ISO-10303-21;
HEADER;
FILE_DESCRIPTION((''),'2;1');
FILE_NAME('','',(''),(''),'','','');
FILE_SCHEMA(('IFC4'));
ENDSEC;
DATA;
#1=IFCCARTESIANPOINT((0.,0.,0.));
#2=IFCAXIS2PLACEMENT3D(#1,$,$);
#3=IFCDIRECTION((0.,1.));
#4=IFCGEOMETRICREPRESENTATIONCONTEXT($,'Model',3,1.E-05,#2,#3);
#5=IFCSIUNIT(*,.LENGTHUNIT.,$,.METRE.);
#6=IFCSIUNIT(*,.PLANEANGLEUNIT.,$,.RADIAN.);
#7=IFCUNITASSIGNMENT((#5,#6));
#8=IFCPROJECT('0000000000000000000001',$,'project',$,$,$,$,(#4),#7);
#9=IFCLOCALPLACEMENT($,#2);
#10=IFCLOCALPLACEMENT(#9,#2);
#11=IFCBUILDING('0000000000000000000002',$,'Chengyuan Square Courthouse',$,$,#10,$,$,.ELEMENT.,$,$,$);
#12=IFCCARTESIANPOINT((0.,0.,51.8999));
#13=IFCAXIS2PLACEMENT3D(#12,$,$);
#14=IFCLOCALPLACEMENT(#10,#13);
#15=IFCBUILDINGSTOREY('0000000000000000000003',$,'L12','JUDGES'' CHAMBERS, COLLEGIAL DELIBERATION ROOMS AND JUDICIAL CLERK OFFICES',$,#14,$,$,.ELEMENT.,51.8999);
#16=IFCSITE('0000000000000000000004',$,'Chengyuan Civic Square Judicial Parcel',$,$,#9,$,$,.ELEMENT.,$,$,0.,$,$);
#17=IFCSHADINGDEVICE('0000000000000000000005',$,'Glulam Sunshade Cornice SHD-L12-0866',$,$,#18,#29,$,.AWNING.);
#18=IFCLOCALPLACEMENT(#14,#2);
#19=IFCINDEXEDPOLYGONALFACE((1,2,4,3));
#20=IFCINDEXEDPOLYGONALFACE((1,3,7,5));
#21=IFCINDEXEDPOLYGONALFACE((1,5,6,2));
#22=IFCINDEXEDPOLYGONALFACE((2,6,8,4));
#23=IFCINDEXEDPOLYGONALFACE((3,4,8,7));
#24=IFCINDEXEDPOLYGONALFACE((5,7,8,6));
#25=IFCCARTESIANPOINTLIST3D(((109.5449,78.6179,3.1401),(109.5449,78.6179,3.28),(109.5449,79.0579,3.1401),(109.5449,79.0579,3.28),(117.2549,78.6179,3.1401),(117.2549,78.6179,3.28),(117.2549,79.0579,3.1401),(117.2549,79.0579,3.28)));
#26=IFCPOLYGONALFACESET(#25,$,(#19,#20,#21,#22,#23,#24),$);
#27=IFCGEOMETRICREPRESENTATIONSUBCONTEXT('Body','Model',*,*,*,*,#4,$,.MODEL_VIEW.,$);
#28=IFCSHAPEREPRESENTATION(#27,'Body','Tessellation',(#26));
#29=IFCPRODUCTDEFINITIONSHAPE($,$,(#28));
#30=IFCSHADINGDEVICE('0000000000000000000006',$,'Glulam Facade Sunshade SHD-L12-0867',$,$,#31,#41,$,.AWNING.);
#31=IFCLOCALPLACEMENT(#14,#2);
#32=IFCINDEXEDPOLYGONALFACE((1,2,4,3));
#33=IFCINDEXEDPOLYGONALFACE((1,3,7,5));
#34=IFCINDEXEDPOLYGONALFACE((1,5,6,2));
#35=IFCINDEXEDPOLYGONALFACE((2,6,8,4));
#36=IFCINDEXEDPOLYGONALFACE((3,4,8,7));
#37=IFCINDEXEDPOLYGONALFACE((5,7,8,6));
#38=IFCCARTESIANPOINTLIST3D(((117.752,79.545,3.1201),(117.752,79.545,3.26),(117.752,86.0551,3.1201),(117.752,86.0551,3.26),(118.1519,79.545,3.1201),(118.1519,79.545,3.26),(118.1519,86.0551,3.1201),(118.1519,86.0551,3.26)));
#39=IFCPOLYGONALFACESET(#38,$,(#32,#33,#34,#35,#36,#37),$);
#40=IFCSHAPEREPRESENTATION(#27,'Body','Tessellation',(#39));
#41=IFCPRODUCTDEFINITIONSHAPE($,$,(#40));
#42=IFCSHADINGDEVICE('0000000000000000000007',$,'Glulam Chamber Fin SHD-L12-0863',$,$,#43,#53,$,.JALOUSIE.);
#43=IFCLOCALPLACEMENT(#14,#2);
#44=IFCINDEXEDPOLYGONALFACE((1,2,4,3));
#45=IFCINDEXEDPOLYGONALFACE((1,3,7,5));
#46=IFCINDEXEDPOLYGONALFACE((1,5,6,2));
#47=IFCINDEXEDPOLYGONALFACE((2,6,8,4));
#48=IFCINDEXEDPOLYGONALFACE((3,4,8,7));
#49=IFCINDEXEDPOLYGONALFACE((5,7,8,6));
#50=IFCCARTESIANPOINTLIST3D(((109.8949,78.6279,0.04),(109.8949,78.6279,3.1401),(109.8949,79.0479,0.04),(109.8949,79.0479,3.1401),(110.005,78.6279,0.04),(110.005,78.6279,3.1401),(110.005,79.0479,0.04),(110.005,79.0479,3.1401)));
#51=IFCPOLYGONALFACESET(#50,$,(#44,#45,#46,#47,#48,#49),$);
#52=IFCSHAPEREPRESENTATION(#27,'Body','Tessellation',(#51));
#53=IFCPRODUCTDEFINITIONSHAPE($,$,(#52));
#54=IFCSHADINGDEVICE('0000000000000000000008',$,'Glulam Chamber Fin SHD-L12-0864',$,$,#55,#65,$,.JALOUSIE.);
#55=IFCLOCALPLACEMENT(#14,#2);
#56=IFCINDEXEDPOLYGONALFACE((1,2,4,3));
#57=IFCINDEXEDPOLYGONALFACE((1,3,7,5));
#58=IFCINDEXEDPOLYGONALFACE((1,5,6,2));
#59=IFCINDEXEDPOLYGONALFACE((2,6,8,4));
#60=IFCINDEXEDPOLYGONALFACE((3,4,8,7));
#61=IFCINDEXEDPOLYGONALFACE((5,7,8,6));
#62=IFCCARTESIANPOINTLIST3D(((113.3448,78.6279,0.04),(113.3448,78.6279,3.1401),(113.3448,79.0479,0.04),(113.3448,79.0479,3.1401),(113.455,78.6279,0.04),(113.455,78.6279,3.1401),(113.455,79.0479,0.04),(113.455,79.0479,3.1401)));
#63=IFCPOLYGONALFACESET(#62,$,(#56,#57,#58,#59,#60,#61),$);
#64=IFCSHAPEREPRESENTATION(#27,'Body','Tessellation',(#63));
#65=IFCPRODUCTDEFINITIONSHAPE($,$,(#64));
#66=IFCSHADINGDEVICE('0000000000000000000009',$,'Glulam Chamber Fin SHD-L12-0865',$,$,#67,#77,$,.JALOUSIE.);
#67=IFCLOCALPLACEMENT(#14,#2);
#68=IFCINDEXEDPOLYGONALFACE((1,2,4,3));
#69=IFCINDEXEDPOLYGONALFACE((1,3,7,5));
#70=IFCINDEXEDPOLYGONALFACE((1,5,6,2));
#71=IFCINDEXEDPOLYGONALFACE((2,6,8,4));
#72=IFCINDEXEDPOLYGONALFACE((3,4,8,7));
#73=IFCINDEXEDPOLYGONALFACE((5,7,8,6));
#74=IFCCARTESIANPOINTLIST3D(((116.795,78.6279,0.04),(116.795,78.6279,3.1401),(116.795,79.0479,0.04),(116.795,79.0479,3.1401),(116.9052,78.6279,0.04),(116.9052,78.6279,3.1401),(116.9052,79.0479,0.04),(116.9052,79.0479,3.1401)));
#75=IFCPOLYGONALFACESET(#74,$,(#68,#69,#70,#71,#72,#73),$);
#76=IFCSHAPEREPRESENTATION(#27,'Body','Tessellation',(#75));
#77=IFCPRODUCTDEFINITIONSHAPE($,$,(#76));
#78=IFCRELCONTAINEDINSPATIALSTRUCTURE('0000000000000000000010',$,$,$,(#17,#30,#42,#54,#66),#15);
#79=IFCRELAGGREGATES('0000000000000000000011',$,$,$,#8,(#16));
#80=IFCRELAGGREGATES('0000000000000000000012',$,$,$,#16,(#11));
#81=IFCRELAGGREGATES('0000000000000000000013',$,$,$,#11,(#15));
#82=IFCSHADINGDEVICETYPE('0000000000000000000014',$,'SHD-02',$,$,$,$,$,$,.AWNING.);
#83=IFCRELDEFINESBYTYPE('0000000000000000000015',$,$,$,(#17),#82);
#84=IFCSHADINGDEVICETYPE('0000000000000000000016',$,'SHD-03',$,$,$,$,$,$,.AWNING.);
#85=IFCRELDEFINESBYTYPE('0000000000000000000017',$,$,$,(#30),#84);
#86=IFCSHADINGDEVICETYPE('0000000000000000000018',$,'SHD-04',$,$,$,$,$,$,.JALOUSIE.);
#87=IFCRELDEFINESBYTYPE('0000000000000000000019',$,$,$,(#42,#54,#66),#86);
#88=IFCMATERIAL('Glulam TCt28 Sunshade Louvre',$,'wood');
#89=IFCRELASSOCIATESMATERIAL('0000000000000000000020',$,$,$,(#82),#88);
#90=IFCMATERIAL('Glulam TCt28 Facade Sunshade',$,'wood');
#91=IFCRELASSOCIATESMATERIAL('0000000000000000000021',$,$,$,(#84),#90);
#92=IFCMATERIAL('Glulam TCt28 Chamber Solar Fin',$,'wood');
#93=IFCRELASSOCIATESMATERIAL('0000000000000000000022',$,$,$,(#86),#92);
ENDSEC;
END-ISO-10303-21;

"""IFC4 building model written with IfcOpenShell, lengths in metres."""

from ifc_helpers import new_model, si_unit, direction, frame, origin, origin_2d, place, context, subcontext, project, spatial, rectangle, extrude, material, type_object, element, save


model = new_model("IFC4")

# Units and contexts
model_context = context("Model", 3, precision=1e-05, world=origin(), true_north=direction((0.0, 1.0)))
body_context = subcontext(model_context, "Body", "Model", "MODEL_VIEW")
ifc_project = project(units=[si_unit("LENGTHUNIT", "METRE"), si_unit("PLANEANGLEUNIT", "RADIAN")], contexts=[model_context])

# Site, building, storey
site_placement = place(None, origin())
site = spatial("IfcSite", under=ifc_project, at=site_placement, Name="Chengyuan Civic Square Judicial Parcel", CompositionType="ELEMENT", RefElevation=0.0)
building_placement = place(site_placement, origin())
building = spatial("IfcBuilding", under=site, at=building_placement, Name="Chengyuan Square Courthouse", CompositionType="ELEMENT")
storey_placement = place(building_placement, frame((0.0, 0.0, 51.8999)))
storey = spatial("IfcBuildingStorey", under=building, at=storey_placement, Name="L12", Description="JUDGES' CHAMBERS, COLLEGIAL DELIBERATION ROOMS AND JUDICIAL CLERK OFFICES", CompositionType="ELEMENT", Elevation=51.8999)

# Shading devices
ifc_material_1 = material(Name="Glulam TCt28 Sunshade Louvre", Category="wood")
shading_device_type_1 = type_object("IfcShadingDeviceType", Name="SHD-02", PredefinedType="AWNING", material=ifc_material_1)
shading_device_1_placement = place(storey_placement, frame((113.3999, 78.8379, 3.1401), z_axis=(0.0, 0.0, 1.0), x_axis=(1.0, 0.0, 0.0)))
element("IfcShadingDevice", 1, at=shading_device_1_placement, inside=storey, type_object=shading_device_type_1, Name="Glulam Sunshade Cornice SHD-L12-0866", PredefinedType="AWNING", context=body_context, shape_type="SweptSolid", body=[
    extrude(rectangle(XDim=7.71, YDim=0.4399, at=origin_2d()), origin(), (0.0, 0.0, 1.0), 0.1399),
])
ifc_material_2 = material(Name="Glulam TCt28 Facade Sunshade", Category="wood")
shading_device_type_2 = type_object("IfcShadingDeviceType", Name="SHD-03", PredefinedType="AWNING", material=ifc_material_2)
shading_device_2_placement = place(storey_placement, frame((117.9519, 82.8, 3.1201), z_axis=(0.0, 0.0, 1.0), x_axis=(0.0, 1.0, 0.0)))
element("IfcShadingDevice", 2, at=shading_device_2_placement, inside=storey, type_object=shading_device_type_2, Name="Glulam Facade Sunshade SHD-L12-0867", PredefinedType="AWNING", context=body_context, shape_type="SweptSolid", body=[
    extrude(rectangle(XDim=6.51, YDim=0.3999, at=origin_2d()), origin(), (0.0, 0.0, 1.0), 0.1399),
])
ifc_material_3 = material(Name="Glulam TCt28 Chamber Solar Fin", Category="wood")
shading_device_type_3 = type_object("IfcShadingDeviceType", Name="SHD-04", PredefinedType="JALOUSIE", material=ifc_material_3)
for number, where, z_axis, x_axis, name in (
    (3, (109.95, 78.8379, 0.04), (0.0, 0.0, 1.0), (0.0, 1.0, 0.0), "Glulam Chamber Fin SHD-L12-0863"),
    (4, (113.3999, 78.8379, 0.04), (0.0, 0.0, 1.0), (0.0, 1.0, 0.0), "Glulam Chamber Fin SHD-L12-0864"),
    (5, (116.8501, 78.8379, 0.04), (0.0, 0.0, 1.0), (0.0, 1.0, 0.0), "Glulam Chamber Fin SHD-L12-0865"),
):
    element("IfcShadingDevice", number, at=place(storey_placement, frame(where, z_axis=z_axis, x_axis=x_axis)), inside=storey, type_object=shading_device_type_3, Name=name, PredefinedType="JALOUSIE", context=body_context, shape_type="SweptSolid", body=[
        extrude(rectangle(XDim=0.4199, YDim=0.1101, at=origin_2d()), origin(), (0.0, 0.0, 1.0), 3.1001),
    ])

save(model, "model.ifc")
